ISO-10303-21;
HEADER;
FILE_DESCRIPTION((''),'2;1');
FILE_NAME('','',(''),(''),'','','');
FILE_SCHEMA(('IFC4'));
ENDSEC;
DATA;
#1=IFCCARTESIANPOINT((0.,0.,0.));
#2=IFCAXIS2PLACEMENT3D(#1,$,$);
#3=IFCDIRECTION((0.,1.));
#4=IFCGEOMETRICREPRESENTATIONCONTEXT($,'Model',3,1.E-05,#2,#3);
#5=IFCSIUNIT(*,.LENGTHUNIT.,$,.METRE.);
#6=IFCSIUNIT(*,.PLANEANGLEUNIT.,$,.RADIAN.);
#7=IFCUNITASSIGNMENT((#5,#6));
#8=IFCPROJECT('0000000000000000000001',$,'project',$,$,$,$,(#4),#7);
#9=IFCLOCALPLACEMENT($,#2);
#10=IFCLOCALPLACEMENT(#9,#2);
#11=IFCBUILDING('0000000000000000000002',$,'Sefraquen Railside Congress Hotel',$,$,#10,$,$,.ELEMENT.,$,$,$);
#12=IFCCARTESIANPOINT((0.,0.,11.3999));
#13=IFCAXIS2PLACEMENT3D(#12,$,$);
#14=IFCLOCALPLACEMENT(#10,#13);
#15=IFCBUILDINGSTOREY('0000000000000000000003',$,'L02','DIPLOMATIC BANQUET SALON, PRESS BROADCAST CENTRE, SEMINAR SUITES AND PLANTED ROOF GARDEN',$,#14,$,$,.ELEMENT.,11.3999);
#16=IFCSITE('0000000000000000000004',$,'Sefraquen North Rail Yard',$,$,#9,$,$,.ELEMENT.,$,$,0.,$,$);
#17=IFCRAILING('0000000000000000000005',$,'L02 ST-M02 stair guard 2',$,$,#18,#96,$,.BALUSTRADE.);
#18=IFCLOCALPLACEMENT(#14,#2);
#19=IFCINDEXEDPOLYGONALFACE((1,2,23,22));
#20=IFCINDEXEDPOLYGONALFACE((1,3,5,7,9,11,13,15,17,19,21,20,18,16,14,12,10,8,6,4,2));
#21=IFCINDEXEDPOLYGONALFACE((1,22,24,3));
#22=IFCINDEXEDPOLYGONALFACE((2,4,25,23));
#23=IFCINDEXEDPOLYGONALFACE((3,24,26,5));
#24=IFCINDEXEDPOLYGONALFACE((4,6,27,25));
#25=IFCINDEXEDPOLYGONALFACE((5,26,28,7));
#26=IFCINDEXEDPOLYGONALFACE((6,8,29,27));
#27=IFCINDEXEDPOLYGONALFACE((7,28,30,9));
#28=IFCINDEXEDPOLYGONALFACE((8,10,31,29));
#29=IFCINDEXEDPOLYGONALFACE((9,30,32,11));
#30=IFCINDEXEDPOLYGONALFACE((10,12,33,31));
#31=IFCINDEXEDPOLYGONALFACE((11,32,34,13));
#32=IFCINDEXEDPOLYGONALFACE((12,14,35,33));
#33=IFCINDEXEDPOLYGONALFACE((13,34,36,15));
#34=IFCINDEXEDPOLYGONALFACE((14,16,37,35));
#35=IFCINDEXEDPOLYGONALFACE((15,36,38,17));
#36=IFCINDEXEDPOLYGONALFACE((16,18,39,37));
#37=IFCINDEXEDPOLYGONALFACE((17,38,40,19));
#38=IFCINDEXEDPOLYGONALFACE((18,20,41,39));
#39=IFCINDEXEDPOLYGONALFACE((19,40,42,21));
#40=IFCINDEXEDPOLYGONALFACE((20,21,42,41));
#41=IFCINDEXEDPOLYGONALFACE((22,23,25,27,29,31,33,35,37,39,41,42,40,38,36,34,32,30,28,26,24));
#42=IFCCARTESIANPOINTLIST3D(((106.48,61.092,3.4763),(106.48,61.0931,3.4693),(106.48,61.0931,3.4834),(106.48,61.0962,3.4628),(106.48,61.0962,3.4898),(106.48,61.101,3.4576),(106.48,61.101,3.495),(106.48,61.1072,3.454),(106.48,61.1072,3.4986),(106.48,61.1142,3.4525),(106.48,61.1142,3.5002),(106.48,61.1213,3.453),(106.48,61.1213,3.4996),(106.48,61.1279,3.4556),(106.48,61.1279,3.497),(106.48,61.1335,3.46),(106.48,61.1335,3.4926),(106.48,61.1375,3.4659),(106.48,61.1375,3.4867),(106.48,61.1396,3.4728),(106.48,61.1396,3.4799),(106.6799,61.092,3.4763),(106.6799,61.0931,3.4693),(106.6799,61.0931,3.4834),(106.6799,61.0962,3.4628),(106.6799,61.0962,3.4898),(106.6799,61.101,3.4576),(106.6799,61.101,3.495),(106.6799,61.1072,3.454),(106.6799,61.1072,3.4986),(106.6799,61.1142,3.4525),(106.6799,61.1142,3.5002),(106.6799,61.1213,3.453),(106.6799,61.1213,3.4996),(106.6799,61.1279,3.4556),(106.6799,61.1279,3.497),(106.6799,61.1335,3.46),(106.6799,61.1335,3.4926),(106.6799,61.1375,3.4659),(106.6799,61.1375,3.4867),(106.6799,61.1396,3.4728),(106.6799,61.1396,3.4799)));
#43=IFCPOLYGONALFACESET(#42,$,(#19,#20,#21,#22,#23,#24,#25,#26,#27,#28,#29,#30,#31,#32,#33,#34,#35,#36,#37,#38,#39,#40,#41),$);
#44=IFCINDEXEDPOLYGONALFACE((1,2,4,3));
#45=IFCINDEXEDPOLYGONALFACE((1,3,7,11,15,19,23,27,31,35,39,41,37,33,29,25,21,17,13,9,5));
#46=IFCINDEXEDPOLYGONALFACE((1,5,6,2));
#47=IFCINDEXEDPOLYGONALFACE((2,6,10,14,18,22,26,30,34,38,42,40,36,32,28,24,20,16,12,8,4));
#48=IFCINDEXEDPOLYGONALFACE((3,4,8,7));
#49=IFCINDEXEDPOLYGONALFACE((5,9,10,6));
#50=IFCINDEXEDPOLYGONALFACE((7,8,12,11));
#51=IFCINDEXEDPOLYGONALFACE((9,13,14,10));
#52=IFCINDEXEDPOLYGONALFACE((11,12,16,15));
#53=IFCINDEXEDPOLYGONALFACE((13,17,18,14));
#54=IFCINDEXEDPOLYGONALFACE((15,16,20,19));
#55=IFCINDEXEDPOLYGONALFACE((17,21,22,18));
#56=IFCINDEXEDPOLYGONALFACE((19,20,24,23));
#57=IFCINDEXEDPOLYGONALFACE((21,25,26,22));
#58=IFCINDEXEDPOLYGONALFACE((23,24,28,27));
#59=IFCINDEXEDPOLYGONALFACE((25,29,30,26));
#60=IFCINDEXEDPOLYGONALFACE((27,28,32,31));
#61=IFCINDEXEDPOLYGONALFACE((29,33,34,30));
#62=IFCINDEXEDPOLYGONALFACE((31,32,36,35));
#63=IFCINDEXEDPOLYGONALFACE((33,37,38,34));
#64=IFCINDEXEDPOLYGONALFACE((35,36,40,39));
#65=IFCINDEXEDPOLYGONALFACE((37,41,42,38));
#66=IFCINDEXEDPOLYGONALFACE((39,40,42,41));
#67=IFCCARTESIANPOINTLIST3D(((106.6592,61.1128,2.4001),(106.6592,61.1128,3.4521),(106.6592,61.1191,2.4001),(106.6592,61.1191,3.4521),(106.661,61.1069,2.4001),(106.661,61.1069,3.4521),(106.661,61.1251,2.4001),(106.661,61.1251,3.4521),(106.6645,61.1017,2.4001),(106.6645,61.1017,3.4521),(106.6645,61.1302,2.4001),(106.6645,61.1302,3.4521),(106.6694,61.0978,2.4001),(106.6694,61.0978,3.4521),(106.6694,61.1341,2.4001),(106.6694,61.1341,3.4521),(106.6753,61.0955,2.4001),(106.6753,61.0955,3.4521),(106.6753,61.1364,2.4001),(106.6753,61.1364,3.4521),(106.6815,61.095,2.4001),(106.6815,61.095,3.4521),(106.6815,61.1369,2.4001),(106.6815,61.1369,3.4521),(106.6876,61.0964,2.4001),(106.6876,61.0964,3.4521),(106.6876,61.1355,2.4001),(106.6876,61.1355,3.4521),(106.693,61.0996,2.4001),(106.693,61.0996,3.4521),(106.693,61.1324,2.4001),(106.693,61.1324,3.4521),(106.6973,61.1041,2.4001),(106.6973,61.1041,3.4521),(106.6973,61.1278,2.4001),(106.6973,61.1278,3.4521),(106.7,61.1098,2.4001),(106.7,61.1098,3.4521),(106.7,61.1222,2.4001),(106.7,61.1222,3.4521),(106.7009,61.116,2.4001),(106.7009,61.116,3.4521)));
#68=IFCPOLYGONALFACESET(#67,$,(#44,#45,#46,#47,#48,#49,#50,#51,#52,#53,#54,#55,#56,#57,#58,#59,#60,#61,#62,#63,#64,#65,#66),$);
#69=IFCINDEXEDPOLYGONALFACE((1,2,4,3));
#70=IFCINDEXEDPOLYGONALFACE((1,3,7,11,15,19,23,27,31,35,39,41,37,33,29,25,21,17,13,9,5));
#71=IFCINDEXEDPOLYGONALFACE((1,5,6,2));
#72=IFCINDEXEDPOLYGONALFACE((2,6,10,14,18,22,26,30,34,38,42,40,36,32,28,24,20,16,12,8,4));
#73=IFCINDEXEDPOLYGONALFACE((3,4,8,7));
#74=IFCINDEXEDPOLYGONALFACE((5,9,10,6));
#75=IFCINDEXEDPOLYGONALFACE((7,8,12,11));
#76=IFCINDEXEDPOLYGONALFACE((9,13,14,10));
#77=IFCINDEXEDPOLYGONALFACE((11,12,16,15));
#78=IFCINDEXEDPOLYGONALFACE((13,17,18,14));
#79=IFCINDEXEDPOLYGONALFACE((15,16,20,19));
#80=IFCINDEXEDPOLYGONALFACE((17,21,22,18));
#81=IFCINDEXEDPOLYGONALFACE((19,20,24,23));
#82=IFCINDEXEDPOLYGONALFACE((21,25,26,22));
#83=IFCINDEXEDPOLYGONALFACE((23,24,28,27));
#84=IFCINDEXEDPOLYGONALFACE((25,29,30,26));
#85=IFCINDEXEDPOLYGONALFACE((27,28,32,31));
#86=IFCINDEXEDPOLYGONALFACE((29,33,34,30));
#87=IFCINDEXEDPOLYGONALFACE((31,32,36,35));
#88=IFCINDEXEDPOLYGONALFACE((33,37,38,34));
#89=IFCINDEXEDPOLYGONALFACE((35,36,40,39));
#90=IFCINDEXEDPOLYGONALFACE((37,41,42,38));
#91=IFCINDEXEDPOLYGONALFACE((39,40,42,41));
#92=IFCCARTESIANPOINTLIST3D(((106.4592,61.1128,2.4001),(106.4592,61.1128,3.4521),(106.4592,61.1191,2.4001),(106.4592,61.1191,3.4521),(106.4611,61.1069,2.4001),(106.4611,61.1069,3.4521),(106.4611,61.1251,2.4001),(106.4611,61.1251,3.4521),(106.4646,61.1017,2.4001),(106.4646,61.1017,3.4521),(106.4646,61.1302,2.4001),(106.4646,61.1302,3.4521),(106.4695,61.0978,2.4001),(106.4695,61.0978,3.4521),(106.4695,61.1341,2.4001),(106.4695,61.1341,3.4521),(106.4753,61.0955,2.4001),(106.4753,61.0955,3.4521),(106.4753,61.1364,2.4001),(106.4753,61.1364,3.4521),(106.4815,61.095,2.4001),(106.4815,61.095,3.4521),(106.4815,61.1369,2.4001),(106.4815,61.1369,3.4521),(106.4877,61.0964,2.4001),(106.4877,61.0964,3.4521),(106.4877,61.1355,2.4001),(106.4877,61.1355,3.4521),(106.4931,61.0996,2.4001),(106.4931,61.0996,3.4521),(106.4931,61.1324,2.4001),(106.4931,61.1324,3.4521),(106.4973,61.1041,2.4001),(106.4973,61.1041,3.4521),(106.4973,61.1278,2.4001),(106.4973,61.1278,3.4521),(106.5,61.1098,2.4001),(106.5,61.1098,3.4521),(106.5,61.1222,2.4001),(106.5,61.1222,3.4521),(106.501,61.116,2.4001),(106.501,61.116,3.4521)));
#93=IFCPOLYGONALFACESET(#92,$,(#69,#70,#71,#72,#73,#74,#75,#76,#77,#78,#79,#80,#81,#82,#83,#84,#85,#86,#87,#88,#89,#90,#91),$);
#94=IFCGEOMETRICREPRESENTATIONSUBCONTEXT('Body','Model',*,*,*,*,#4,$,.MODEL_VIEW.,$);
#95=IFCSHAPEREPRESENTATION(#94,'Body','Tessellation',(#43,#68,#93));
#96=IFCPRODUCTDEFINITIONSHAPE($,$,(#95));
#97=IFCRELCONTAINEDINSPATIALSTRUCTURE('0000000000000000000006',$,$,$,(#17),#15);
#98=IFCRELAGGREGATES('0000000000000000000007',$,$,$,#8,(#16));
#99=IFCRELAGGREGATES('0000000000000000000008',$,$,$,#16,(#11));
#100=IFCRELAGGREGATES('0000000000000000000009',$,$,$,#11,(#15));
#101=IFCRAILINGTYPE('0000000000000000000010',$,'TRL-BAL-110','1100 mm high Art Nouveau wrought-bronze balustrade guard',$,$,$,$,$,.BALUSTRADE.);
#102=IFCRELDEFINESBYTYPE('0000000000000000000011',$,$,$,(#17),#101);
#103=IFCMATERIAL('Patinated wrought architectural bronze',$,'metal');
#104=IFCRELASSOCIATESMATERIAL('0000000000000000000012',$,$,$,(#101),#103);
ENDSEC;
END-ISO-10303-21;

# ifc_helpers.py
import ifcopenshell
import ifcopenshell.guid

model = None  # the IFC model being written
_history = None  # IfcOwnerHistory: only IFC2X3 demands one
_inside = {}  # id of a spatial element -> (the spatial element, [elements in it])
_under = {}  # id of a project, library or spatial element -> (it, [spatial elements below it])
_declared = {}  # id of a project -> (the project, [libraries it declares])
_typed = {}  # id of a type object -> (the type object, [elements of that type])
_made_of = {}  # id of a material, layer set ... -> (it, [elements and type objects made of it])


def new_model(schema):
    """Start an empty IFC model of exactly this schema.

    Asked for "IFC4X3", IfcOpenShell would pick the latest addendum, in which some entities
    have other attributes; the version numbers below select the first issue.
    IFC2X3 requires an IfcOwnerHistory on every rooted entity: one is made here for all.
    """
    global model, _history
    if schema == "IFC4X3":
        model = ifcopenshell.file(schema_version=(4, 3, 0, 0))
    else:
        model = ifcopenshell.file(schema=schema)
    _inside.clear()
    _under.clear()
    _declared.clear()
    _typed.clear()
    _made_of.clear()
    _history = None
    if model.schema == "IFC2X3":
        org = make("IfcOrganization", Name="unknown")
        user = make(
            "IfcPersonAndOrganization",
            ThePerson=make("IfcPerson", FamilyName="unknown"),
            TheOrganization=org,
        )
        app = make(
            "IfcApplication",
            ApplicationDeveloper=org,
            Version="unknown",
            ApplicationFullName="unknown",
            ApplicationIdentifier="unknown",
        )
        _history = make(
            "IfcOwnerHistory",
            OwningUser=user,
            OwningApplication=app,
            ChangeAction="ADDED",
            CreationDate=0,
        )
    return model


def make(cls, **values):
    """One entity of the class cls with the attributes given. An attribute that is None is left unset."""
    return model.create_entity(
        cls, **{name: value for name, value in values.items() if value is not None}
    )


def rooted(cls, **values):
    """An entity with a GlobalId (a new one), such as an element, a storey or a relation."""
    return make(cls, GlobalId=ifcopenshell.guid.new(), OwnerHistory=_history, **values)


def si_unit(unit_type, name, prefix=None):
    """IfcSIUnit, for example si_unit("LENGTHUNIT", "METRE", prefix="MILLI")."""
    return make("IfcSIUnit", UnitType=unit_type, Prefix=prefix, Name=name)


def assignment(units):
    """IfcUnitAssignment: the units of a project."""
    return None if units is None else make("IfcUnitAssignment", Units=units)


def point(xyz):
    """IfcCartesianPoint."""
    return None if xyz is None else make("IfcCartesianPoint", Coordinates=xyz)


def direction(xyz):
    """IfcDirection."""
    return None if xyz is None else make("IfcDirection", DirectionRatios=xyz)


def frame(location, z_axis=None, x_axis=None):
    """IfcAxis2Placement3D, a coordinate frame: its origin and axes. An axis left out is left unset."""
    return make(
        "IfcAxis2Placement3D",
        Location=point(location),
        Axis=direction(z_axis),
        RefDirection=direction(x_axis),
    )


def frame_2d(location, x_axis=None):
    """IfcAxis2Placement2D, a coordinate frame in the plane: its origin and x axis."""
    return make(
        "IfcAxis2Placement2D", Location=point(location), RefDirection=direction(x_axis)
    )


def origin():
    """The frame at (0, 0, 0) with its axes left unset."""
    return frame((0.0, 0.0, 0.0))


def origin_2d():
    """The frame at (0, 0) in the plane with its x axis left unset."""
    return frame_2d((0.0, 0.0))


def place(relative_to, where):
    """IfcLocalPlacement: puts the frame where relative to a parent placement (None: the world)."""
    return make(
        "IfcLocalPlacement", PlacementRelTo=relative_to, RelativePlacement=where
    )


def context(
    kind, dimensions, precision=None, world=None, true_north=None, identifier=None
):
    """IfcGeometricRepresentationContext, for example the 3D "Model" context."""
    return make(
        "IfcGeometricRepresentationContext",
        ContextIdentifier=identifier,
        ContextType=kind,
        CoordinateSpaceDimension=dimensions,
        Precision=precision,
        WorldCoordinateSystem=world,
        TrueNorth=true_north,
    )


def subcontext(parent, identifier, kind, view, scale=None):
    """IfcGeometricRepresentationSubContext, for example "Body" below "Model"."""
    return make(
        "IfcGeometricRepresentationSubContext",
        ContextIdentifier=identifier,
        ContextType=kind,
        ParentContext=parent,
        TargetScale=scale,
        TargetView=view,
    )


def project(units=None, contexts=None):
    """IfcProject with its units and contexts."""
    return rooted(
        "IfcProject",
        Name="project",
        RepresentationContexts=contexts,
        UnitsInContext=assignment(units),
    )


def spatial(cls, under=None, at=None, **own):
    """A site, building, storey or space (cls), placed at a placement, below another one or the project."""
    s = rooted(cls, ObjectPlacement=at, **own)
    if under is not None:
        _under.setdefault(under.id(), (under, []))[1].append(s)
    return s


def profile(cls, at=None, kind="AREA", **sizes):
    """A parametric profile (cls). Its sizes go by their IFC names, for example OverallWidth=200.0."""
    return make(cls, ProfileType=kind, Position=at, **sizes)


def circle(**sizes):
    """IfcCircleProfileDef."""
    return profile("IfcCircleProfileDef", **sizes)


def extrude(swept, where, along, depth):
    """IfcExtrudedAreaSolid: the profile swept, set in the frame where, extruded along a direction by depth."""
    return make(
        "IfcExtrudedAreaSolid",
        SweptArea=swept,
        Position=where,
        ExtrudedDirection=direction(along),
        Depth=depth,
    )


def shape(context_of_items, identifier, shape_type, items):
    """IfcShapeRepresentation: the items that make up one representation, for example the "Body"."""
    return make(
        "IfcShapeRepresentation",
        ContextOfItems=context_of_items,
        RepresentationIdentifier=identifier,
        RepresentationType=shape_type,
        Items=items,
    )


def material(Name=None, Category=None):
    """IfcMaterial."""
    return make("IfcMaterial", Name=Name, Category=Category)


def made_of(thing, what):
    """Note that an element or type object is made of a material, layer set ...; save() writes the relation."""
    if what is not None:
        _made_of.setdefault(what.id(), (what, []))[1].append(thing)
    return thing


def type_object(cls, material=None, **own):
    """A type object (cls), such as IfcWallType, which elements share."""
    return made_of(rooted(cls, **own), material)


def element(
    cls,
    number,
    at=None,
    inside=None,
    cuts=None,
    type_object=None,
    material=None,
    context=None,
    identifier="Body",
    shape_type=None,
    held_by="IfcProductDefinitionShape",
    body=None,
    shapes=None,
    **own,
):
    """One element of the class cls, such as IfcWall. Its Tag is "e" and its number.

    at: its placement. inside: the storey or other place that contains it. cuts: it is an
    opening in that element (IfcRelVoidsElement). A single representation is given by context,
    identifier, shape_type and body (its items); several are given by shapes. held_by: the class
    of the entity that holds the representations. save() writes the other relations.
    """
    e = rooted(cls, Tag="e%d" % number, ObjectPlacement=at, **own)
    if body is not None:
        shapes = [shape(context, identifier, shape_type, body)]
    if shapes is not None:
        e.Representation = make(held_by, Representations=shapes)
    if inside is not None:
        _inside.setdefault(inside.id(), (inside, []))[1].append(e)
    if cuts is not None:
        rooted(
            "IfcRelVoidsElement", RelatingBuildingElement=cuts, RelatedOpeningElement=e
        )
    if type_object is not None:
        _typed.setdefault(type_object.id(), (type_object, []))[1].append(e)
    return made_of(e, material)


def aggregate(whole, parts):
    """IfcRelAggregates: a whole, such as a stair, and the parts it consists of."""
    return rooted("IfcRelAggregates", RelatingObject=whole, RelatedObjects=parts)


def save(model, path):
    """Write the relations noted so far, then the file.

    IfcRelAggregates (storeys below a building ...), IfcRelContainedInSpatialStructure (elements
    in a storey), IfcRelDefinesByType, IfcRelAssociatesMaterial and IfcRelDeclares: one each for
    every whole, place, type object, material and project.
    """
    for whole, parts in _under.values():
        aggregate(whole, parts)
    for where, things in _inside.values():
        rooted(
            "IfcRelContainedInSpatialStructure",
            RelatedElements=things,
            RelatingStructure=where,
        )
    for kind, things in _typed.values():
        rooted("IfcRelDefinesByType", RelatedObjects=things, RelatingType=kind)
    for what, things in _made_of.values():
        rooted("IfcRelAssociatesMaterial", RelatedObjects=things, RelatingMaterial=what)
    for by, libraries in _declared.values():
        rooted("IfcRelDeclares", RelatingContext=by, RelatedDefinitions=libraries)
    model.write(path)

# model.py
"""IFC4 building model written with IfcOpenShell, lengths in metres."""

from ifc_helpers import new_model, si_unit, direction, frame, origin, origin_2d, place, context, subcontext, project, spatial, circle, extrude, material, type_object, element, save


model = new_model("IFC4")

# Units and contexts
model_context = context("Model", 3, precision=1e-05, world=origin(), true_north=direction((0.0, 1.0)))
body_context = subcontext(model_context, "Body", "Model", "MODEL_VIEW")
ifc_project = project(units=[si_unit("LENGTHUNIT", "METRE"), si_unit("PLANEANGLEUNIT", "RADIAN")], contexts=[model_context])

# Site, building, storey
site_placement = place(None, origin())
site = spatial("IfcSite", under=ifc_project, at=site_placement, Name="Sefraquen North Rail Yard", CompositionType="ELEMENT", RefElevation=0.0)
building_placement = place(site_placement, origin())
building = spatial("IfcBuilding", under=site, at=building_placement, Name="Sefraquen Railside Congress Hotel", CompositionType="ELEMENT")
storey_placement = place(building_placement, frame((0.0, 0.0, 11.3999)))
storey = spatial("IfcBuildingStorey", under=building, at=storey_placement, Name="L02", Description="DIPLOMATIC BANQUET SALON, PRESS BROADCAST CENTRE, SEMINAR SUITES AND PLANTED ROOF GARDEN", CompositionType="ELEMENT", Elevation=11.3999)

# Railing
ifc_material_1 = material(Name="Patinated wrought architectural bronze", Category="metal")
railing_type_1 = type_object("IfcRailingType", Name="TRL-BAL-110", Description="1100 mm high Art Nouveau wrought-bronze balustrade guard", PredefinedType="BALUSTRADE", material=ifc_material_1)
railing_1_placement = place(storey_placement, frame((106.6799, 61.116, 2.4001)))
element("IfcRailing", 1, at=railing_1_placement, inside=storey, type_object=railing_type_1, Name="L02 ST-M02 stair guard 2", PredefinedType="BALUSTRADE", context=body_context, shape_type="SweptSolid", body=[
    extrude(circle(Radius=0.0239, at=origin_2d()), frame((0.0, 0.0, 1.0762), z_axis=(-1.0, 0.0, 0.0), x_axis=(0.0, -1.0, 0.0)), (0.0, 0.0, 1.0), 0.2),
    extrude(circle(Radius=0.021, at=origin_2d()), origin(), (0.0, 0.0, 1.0), 1.052),
    extrude(circle(Radius=0.021, at=origin_2d()), frame((-0.2, 0.0, 0.0)), (0.0, 0.0, 1.0), 1.052),
])

save(model, "model.ifc")
